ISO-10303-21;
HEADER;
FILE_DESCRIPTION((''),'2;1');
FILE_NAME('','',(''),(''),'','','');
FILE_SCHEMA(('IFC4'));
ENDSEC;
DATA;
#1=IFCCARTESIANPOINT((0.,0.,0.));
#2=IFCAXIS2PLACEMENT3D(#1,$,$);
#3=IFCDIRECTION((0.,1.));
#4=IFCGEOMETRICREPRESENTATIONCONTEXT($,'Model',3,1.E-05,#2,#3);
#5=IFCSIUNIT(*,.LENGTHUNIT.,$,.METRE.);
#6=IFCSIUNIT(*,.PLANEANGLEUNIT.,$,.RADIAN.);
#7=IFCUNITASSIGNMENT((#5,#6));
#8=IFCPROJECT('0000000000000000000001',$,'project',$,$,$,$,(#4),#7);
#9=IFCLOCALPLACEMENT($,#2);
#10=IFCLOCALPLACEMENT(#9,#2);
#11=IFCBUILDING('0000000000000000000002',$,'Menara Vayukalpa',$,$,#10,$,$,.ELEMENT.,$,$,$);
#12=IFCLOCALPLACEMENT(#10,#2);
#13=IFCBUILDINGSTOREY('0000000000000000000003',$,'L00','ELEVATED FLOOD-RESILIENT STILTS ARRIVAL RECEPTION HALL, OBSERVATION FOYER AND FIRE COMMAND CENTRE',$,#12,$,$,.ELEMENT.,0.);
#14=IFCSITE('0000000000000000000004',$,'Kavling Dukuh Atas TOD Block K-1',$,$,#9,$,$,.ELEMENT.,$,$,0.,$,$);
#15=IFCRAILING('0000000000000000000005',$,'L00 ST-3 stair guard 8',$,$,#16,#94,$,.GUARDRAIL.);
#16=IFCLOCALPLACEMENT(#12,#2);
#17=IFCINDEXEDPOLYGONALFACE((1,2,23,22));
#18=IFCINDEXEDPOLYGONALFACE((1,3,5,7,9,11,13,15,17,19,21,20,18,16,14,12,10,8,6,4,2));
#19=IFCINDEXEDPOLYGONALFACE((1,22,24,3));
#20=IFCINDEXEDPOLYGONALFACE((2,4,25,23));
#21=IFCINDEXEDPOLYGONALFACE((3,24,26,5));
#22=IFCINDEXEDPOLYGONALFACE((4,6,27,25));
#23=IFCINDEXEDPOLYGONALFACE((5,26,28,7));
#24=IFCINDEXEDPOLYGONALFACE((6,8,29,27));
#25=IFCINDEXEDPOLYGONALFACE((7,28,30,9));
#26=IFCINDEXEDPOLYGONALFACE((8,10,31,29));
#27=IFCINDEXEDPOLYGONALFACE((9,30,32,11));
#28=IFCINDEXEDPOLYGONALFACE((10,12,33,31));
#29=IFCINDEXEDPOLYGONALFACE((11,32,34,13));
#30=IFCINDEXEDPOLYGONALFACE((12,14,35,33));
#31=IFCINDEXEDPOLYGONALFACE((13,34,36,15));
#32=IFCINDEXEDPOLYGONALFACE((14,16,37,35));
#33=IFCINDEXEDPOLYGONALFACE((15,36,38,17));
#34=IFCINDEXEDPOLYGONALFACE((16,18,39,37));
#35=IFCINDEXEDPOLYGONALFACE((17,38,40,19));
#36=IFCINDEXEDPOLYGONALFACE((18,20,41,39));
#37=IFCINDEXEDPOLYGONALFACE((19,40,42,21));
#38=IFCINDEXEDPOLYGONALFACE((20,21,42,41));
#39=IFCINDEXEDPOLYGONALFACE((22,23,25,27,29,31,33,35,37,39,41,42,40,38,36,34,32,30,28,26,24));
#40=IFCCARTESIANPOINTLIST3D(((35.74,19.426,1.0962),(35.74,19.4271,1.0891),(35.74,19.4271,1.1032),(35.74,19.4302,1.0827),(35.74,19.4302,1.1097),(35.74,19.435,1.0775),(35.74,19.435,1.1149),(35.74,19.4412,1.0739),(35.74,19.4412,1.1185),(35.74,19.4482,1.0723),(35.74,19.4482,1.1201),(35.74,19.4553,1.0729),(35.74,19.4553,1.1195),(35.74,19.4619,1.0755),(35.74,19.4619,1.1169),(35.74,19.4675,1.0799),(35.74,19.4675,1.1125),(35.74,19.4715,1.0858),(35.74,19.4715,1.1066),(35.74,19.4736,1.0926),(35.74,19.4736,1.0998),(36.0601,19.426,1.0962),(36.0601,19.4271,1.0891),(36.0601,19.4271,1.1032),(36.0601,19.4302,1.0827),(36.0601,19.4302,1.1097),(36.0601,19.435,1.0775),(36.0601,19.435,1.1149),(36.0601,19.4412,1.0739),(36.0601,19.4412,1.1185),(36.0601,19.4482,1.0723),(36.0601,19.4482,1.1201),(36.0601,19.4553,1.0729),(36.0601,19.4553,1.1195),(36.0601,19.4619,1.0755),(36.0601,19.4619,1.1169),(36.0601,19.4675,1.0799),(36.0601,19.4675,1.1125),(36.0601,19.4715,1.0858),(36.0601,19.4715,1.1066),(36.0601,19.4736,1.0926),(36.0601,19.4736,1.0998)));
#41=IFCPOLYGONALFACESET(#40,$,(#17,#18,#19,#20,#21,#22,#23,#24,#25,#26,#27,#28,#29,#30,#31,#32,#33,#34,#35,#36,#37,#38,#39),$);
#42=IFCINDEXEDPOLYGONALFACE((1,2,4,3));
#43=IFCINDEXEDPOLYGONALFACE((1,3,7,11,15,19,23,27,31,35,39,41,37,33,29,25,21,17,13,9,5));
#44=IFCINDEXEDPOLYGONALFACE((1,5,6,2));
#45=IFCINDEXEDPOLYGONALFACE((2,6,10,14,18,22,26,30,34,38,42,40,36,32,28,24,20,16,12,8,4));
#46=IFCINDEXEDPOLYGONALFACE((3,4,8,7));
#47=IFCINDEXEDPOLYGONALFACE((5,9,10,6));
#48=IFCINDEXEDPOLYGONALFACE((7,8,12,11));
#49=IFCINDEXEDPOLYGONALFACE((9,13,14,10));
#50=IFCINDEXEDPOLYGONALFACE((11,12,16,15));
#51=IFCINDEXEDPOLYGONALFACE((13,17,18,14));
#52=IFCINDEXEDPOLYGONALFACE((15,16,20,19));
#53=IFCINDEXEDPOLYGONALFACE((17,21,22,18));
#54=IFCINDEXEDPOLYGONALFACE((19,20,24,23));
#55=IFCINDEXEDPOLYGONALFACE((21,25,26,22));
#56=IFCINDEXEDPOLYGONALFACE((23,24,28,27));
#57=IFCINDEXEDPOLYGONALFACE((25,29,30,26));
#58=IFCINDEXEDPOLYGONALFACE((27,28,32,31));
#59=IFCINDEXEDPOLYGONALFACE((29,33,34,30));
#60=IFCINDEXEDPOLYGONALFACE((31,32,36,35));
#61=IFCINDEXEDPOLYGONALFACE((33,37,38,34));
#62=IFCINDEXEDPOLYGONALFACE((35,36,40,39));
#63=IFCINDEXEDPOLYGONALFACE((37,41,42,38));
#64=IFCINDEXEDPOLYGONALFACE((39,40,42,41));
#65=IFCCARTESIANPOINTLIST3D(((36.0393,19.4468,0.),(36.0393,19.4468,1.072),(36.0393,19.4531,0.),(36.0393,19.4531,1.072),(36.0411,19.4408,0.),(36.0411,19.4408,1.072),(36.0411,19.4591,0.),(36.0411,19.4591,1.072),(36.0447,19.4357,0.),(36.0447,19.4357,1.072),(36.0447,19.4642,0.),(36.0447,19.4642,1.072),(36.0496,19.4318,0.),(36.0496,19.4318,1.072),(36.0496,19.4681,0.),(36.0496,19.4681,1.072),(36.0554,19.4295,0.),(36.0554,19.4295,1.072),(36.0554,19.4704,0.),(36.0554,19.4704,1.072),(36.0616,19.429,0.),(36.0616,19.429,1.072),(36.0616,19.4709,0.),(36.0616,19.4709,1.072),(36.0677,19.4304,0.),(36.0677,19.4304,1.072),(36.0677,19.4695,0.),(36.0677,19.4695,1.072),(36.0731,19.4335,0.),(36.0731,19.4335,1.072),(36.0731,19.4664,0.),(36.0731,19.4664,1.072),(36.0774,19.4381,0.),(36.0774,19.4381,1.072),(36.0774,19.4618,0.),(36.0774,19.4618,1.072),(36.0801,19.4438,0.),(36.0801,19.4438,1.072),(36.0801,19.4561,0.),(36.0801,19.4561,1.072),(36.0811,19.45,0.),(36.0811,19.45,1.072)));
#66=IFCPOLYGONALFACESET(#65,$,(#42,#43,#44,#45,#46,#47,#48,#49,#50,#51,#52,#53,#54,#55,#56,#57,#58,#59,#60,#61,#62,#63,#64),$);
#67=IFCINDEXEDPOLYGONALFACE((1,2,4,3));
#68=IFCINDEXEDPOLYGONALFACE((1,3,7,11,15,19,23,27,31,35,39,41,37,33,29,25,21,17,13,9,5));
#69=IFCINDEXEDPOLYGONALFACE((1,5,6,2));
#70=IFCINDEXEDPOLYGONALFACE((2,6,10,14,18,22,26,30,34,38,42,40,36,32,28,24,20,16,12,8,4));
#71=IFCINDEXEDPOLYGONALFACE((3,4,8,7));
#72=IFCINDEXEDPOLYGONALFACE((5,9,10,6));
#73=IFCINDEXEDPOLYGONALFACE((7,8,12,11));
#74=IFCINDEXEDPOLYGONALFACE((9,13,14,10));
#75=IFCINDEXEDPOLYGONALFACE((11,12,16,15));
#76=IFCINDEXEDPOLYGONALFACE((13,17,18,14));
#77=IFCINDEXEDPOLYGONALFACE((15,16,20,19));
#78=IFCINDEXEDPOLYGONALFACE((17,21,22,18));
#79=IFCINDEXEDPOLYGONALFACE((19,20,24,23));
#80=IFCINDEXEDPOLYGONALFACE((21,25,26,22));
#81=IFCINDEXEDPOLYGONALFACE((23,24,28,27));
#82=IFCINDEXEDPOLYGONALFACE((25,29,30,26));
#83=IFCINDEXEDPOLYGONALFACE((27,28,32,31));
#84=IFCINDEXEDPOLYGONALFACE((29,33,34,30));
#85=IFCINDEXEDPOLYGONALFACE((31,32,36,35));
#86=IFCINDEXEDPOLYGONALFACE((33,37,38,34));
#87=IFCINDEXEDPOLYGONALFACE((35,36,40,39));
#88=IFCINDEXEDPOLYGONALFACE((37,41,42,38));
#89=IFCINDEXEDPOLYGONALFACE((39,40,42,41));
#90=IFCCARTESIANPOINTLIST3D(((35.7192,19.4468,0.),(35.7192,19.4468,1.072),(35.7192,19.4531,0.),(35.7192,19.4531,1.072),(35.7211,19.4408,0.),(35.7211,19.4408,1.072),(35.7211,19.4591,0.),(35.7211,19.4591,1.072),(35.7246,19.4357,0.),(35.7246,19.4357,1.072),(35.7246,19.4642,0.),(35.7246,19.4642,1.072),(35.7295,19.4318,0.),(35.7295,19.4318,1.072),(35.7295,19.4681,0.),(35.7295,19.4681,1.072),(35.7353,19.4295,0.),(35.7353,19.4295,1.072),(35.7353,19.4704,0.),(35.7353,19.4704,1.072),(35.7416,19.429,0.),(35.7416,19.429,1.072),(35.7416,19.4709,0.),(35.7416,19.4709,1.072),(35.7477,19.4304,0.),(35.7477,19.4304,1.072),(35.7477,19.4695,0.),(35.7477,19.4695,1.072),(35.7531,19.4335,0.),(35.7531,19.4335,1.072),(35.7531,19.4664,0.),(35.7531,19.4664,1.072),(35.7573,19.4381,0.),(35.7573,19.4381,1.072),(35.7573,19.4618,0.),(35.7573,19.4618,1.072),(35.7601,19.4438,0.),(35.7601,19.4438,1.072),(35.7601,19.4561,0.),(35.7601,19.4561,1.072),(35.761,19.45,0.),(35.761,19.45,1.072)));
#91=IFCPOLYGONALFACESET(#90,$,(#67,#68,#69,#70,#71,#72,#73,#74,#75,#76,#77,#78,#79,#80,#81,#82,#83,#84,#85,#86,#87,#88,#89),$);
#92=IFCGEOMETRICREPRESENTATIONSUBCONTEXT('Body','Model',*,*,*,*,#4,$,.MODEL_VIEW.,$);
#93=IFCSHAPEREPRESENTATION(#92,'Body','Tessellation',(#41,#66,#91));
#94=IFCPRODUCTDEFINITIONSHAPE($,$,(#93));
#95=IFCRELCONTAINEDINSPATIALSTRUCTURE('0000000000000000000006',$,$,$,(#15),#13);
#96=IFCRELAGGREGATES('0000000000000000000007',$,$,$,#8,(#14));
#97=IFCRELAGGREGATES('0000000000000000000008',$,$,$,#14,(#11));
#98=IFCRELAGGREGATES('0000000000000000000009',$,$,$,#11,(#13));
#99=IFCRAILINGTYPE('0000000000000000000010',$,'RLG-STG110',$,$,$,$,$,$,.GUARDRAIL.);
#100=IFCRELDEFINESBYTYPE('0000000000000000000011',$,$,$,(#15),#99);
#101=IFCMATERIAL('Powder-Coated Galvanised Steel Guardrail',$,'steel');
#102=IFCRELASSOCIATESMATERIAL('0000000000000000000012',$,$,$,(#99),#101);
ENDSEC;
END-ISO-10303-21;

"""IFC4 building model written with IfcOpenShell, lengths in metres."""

from ifc_helpers import new_model, si_unit, direction, frame, origin, origin_2d, place, context, subcontext, project, spatial, circle, extrude, material, type_object, element, save


model = new_model("IFC4")

# Units and contexts
model_context = context("Model", 3, precision=1e-05, world=origin(), true_north=direction((0.0, 1.0)))
body_context = subcontext(model_context, "Body", "Model", "MODEL_VIEW")
ifc_project = project(units=[si_unit("LENGTHUNIT", "METRE"), si_unit("PLANEANGLEUNIT", "RADIAN")], contexts=[model_context])

# Site, building, storey
site_placement = place(None, origin())
site = spatial("IfcSite", under=ifc_project, at=site_placement, Name="Kavling Dukuh Atas TOD Block K-1", CompositionType="ELEMENT", RefElevation=0.0)
building_placement = place(site_placement, origin())
building = spatial("IfcBuilding", under=site, at=building_placement, Name="Menara Vayukalpa", CompositionType="ELEMENT")
storey_placement = place(building_placement, origin())
storey = spatial("IfcBuildingStorey", under=building, at=storey_placement, Name="L00", Description="ELEVATED FLOOD-RESILIENT STILTS ARRIVAL RECEPTION HALL, OBSERVATION FOYER AND FIRE COMMAND CENTRE", CompositionType="ELEMENT", Elevation=0.0)

# Railing
ifc_material_1 = material(Name="Powder-Coated Galvanised Steel Guardrail", Category="steel")
railing_type_1 = type_object("IfcRailingType", Name="RLG-STG110", PredefinedType="GUARDRAIL", material=ifc_material_1)
railing_1_placement = place(storey_placement, frame((36.0601, 19.45, 0.0)))
element("IfcRailing", 1, at=railing_1_placement, inside=storey, type_object=railing_type_1, Name="L00 ST-3 stair guard 8", PredefinedType="GUARDRAIL", context=body_context, shape_type="SweptSolid", body=[
    extrude(circle(Radius=0.0239, at=origin_2d()), frame((0.0, 0.0, 1.0962), z_axis=(-1.0, 0.0, 0.0), x_axis=(0.0, -1.0, 0.0)), (0.0, 0.0, 1.0), 0.3201),
    extrude(circle(Radius=0.021, at=origin_2d()), origin(), (0.0, 0.0, 1.0), 1.072),
    extrude(circle(Radius=0.021, at=origin_2d()), frame((-0.3201, 0.0, 0.0)), (0.0, 0.0, 1.0), 1.072),
])

save(model, "model.ifc")
